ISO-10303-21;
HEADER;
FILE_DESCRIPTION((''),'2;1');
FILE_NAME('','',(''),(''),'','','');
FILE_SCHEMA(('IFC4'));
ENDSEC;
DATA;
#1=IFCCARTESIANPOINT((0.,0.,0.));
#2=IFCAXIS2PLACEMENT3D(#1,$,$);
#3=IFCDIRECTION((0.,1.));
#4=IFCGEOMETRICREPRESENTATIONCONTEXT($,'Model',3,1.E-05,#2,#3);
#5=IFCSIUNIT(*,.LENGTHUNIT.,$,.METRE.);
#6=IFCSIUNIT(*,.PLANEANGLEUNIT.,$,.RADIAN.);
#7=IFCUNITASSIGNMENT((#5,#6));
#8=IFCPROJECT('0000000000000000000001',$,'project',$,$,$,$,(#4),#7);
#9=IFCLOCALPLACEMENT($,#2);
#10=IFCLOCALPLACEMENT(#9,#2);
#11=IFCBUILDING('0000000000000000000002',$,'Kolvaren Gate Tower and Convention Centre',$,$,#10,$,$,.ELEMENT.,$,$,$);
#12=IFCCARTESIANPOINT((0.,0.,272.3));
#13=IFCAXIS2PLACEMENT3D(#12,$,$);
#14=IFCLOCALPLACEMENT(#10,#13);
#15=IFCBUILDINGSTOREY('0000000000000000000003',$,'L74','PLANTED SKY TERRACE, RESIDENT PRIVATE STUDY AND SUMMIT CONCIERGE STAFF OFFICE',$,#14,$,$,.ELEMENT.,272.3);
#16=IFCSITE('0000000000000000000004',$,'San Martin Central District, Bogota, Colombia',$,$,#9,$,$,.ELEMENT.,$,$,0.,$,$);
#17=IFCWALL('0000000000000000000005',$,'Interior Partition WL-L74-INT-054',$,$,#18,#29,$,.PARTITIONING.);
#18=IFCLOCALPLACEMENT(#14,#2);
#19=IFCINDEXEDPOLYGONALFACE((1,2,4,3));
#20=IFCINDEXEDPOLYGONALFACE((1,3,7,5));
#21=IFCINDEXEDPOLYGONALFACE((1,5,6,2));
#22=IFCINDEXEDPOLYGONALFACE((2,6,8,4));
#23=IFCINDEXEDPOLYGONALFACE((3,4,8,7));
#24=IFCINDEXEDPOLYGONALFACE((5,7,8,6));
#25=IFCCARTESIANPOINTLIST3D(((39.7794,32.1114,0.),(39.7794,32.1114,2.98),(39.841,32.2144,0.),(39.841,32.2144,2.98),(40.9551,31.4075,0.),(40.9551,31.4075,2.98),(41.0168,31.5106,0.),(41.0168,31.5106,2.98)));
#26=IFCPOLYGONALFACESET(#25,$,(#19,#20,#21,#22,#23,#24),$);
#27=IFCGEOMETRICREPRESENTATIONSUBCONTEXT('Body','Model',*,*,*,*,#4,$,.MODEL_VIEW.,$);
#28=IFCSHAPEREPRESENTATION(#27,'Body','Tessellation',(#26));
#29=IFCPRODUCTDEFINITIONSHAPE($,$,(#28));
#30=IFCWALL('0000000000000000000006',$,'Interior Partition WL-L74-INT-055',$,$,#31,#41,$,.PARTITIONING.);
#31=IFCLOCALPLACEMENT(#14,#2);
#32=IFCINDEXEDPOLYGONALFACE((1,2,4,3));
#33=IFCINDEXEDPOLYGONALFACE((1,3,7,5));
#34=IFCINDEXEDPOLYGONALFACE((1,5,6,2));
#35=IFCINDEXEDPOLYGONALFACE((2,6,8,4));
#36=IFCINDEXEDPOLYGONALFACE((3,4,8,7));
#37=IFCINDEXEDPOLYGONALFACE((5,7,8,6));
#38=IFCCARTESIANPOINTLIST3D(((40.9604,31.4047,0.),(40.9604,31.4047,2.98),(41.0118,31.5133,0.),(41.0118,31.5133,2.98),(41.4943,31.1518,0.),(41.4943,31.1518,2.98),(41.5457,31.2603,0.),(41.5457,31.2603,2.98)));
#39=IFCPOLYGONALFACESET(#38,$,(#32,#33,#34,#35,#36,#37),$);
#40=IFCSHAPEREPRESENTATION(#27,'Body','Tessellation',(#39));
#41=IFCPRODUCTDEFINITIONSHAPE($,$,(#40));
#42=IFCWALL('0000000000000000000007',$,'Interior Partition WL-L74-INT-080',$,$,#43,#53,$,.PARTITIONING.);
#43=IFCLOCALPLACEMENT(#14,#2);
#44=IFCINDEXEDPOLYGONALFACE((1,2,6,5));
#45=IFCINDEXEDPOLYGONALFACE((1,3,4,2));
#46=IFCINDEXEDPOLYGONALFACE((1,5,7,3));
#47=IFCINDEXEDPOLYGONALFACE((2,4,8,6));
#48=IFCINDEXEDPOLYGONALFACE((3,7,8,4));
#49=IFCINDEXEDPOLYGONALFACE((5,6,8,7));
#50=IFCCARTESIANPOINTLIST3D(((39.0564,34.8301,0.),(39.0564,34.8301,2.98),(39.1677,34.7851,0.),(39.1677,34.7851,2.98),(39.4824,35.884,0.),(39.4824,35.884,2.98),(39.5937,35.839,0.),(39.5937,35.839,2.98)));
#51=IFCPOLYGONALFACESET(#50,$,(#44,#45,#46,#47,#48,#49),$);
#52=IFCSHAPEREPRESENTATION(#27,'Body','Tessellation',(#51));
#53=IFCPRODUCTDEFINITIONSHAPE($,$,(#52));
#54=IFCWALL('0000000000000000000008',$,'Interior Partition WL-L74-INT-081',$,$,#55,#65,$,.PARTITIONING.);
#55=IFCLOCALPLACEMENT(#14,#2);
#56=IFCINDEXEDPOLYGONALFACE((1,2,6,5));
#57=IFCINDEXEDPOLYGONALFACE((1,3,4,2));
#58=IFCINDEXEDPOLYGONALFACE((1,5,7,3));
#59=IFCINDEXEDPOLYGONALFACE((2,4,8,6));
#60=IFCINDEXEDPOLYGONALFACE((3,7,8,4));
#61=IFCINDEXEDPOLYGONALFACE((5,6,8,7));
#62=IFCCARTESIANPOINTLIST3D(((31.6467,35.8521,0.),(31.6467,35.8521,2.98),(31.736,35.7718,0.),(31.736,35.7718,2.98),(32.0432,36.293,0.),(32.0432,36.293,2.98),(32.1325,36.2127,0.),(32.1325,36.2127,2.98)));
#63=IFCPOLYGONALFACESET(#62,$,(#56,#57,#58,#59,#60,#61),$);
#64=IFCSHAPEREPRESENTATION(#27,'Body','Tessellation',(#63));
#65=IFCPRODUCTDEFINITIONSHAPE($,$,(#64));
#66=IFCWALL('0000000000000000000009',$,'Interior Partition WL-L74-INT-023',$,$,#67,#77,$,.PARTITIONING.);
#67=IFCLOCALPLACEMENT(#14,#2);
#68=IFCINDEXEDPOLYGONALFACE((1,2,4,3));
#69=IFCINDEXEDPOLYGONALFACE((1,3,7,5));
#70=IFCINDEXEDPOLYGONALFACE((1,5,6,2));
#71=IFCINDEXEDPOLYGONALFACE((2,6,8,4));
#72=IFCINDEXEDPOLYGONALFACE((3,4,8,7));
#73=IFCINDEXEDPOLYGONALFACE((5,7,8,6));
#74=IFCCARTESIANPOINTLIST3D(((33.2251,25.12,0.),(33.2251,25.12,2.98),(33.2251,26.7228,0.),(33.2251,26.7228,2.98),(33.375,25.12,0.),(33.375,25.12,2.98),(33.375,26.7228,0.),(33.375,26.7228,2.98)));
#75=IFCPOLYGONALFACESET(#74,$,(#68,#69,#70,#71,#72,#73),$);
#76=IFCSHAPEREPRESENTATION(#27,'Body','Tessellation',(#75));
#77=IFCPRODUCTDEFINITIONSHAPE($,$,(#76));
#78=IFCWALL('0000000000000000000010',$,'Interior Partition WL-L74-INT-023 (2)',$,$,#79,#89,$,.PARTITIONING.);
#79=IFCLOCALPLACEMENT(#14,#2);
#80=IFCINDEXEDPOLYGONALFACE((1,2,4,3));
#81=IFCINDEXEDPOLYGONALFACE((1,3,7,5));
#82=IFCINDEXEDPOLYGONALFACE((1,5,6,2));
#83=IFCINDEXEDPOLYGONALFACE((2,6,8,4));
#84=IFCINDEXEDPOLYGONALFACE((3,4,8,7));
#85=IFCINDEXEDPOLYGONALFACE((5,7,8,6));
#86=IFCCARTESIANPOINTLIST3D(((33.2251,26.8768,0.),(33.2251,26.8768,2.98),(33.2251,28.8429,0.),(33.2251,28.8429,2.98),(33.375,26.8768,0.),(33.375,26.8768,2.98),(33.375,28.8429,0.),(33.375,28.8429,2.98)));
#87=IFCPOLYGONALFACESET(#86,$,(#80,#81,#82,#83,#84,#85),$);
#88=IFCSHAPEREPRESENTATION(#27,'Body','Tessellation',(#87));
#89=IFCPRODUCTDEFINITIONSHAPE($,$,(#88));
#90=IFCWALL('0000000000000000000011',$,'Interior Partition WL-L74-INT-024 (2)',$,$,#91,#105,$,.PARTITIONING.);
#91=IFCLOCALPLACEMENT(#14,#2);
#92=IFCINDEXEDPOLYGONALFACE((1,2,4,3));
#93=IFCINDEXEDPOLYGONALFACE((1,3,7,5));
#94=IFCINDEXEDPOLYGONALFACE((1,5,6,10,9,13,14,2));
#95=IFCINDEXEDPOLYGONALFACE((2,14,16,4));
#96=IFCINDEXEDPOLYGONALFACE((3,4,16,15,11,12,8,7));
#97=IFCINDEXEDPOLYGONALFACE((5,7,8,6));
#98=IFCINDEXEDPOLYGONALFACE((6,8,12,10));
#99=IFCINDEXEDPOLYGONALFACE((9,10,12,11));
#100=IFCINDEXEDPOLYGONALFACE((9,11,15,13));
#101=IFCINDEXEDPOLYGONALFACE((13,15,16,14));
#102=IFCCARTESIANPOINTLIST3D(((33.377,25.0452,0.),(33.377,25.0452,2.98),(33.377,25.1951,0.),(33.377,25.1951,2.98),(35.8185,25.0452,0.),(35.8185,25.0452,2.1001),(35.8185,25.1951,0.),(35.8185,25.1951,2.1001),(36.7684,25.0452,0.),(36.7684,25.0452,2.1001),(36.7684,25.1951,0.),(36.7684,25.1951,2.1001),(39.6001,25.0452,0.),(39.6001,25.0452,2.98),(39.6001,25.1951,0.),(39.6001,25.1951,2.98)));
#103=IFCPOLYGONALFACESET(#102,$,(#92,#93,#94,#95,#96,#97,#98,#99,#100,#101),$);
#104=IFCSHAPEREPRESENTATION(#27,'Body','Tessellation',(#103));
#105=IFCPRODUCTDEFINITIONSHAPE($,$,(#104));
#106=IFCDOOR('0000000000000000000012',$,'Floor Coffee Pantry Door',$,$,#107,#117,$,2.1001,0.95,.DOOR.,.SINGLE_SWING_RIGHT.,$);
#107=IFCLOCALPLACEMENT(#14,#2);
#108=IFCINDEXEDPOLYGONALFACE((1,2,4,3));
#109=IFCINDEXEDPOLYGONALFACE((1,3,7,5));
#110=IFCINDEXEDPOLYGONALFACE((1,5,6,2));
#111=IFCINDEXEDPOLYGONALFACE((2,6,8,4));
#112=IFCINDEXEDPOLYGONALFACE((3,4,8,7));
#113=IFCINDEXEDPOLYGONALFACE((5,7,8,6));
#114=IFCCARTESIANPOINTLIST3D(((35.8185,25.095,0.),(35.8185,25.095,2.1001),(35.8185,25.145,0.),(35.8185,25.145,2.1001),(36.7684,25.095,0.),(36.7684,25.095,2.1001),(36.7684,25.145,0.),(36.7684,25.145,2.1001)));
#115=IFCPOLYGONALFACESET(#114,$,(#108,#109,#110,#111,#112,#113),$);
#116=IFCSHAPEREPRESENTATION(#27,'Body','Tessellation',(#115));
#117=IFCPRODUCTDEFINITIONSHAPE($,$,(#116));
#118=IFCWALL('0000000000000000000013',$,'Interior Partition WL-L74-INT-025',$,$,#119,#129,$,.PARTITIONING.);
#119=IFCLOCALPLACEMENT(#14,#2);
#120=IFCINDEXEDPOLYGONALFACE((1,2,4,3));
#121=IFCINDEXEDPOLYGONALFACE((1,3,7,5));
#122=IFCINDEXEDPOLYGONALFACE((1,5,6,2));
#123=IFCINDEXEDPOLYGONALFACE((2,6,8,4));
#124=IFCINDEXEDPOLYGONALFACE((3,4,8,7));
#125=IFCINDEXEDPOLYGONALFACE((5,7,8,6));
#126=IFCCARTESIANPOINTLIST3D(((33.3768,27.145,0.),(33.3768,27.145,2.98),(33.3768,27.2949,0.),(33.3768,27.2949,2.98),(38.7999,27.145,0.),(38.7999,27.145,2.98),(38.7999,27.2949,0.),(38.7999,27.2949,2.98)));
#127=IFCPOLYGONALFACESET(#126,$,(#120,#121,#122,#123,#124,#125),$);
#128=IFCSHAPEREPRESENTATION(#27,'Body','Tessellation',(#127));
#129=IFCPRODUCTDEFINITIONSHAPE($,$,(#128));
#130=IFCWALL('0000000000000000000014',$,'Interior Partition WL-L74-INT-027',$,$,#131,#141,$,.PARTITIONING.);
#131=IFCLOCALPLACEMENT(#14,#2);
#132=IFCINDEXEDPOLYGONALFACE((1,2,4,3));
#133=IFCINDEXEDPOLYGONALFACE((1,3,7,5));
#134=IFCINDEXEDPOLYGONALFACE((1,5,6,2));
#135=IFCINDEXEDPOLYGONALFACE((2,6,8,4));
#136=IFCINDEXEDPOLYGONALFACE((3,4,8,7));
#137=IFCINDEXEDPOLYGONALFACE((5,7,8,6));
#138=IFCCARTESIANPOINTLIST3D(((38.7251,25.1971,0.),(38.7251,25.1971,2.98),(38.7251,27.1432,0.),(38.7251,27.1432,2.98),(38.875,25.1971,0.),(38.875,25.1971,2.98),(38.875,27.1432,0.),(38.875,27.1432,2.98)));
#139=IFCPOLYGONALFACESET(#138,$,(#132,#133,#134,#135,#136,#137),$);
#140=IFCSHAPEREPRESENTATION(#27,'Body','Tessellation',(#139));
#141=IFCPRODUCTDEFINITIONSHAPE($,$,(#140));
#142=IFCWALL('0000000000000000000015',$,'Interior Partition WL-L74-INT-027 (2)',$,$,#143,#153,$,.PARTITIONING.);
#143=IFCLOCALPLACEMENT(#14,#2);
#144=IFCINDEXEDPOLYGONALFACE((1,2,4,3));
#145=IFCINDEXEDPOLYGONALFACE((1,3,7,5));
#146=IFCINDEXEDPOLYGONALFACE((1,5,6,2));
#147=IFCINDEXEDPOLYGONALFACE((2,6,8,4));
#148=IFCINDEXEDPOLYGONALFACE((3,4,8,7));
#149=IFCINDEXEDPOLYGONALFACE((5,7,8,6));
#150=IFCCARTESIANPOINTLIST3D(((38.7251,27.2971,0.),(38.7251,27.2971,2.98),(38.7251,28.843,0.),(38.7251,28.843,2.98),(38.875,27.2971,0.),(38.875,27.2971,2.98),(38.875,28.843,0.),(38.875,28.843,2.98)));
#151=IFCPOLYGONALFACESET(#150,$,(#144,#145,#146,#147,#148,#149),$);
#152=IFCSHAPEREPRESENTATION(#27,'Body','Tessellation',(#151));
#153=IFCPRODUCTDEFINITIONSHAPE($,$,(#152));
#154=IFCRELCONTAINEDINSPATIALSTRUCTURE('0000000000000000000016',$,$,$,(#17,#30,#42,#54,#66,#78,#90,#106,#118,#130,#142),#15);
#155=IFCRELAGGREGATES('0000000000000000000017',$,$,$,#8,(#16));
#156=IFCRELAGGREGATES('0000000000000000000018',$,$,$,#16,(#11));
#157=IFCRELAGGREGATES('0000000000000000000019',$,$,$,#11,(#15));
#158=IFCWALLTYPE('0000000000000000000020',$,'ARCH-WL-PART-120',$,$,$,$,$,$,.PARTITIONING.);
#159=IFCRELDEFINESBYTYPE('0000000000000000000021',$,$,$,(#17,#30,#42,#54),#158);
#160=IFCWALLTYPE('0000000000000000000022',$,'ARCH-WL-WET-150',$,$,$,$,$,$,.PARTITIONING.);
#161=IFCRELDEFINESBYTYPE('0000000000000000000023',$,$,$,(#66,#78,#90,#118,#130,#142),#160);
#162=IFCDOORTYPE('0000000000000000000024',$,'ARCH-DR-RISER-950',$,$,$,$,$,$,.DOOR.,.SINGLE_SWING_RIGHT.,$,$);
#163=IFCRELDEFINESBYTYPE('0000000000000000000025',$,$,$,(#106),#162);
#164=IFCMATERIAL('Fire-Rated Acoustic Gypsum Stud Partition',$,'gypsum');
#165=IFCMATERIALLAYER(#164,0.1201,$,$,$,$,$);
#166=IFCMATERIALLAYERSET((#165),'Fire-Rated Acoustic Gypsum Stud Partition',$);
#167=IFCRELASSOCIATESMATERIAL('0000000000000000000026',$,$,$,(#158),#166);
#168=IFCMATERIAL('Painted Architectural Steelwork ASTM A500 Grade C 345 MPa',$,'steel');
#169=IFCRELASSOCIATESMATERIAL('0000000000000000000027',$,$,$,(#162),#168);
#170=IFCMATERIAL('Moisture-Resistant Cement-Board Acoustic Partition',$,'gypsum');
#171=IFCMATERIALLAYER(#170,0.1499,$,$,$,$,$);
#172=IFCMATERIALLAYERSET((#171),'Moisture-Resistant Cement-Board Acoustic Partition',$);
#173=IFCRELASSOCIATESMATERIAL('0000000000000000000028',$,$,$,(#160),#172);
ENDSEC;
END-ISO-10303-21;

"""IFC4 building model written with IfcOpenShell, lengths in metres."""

from ifc_helpers import new_model, si_unit, direction, frame, frame_2d, origin, place, context, subcontext, project, spatial, rectangle, extrude, material, layer, layer_set, type_object, element, fill, save


model = new_model("IFC4")

# Units and contexts
model_context = context("Model", 3, precision=1e-05, world=origin(), true_north=direction((0.0, 1.0)))
body_context = subcontext(model_context, "Body", "Model", "MODEL_VIEW")
ifc_project = project(units=[si_unit("LENGTHUNIT", "METRE"), si_unit("PLANEANGLEUNIT", "RADIAN")], contexts=[model_context])

# Site, building, storey
site_placement = place(None, origin())
site = spatial("IfcSite", under=ifc_project, at=site_placement, Name="San Martin Central District, Bogota, Colombia", CompositionType="ELEMENT", RefElevation=0.0)
building_placement = place(site_placement, origin())
building = spatial("IfcBuilding", under=site, at=building_placement, Name="Kolvaren Gate Tower and Convention Centre", CompositionType="ELEMENT")
storey_placement = place(building_placement, frame((0.0, 0.0, 272.3)))
storey = spatial("IfcBuildingStorey", under=building, at=storey_placement, Name="L74", Description="PLANTED SKY TERRACE, RESIDENT PRIVATE STUDY AND SUMMIT CONCIERGE STAFF OFFICE", CompositionType="ELEMENT", Elevation=272.3)

# Shared definitions
ifc_material_1 = material(Name="Fire-Rated Acoustic Gypsum Stud Partition", Category="gypsum")
ifc_layer_1 = layer(ifc_material_1, 0.1201)
ifc_layer_set_1 = layer_set([ifc_layer_1], Name="Fire-Rated Acoustic Gypsum Stud Partition")
wall_type_1 = type_object("IfcWallType", Name="ARCH-WL-PART-120", PredefinedType="PARTITIONING", material=ifc_layer_set_1)

# Shared definitions
ifc_material_2 = material(Name="Painted Architectural Steelwork ASTM A500 Grade C 345 MPa", Category="steel")
door_type = type_object("IfcDoorType", Name="ARCH-DR-RISER-950", OperationType="SINGLE_SWING_RIGHT", PredefinedType="DOOR", material=ifc_material_2)

# Walls
wall_1_placement = place(storey_placement, frame((39.8103, 32.1628, 0.0), z_axis=(0.0, 0.0, 1.0), x_axis=(0.858011, -0.513631, 0.0)))
element("IfcWall", 1, at=wall_1_placement, inside=storey, type_object=wall_type_1, Name="Interior Partition WL-L74-INT-054", PredefinedType="PARTITIONING", context=body_context, shape_type="SweptSolid", body=[
    extrude(rectangle(XDim=1.3704, YDim=0.1201, at=frame_2d((0.6851, 0.0))), origin(), (0.0, 0.0, 1.0), 2.98),
])
wall_2_placement = place(storey_placement, frame((40.9861, 31.459, 0.0), z_axis=(0.0, 0.0, 1.0), x_axis=(0.903729, -0.428104, 0.0)))
element("IfcWall", 2, at=wall_2_placement, inside=storey, type_object=wall_type_1, Name="Interior Partition WL-L74-INT-055", PredefinedType="PARTITIONING", context=body_context, shape_type="SweptSolid", body=[
    extrude(rectangle(XDim=0.5908, YDim=0.1201, at=frame_2d((0.2954, 0.0))), origin(), (0.0, 0.0, 1.0), 2.98),
])
wall_3_placement = place(storey_placement, frame((39.1121, 34.8076, 0.0), z_axis=(0.0, 0.0, 1.0), x_axis=(0.374758, 0.927123, 0.0)))
element("IfcWall", 3, at=wall_3_placement, inside=storey, type_object=wall_type_1, Name="Interior Partition WL-L74-INT-080", PredefinedType="PARTITIONING", context=body_context, shape_type="SweptSolid", body=[
    extrude(rectangle(XDim=1.1367, YDim=0.1201, at=frame_2d((0.5684, 0.0))), origin(), (0.0, 0.0, 1.0), 2.98),
])
wall_4_placement = place(storey_placement, frame((31.6914, 35.812, 0.0), z_axis=(0.0, 0.0, 1.0), x_axis=(0.668646, 0.743581, 0.0)))
element("IfcWall", 4, at=wall_4_placement, inside=storey, type_object=wall_type_1, Name="Interior Partition WL-L74-INT-081", PredefinedType="PARTITIONING", context=body_context, shape_type="SweptSolid", body=[
    extrude(rectangle(XDim=0.593, YDim=0.1201, at=frame_2d((0.2964, 0.0))), origin(), (0.0, 0.0, 1.0), 2.98),
])
ifc_material_3 = material(Name="Moisture-Resistant Cement-Board Acoustic Partition", Category="gypsum")
ifc_layer_2 = layer(ifc_material_3, 0.1499)
ifc_layer_set_2 = layer_set([ifc_layer_2], Name="Moisture-Resistant Cement-Board Acoustic Partition")
wall_type_2 = type_object("IfcWallType", Name="ARCH-WL-WET-150", PredefinedType="PARTITIONING", material=ifc_layer_set_2)
wall_5_placement = place(storey_placement, frame((33.3, 25.1201, 0.0), z_axis=(0.0, 0.0, 1.0), x_axis=(0.0, 1.0, 0.0)))
element("IfcWall", 5, at=wall_5_placement, inside=storey, type_object=wall_type_2, Name="Interior Partition WL-L74-INT-023", PredefinedType="PARTITIONING", context=body_context, shape_type="SweptSolid", body=[
    extrude(rectangle(XDim=1.6028, YDim=0.1499, at=frame_2d((0.8013, 0.0))), origin(), (0.0, 0.0, 1.0), 2.98),
])
wall_6_placement = place(storey_placement, frame((33.3, 26.877, 0.0), z_axis=(0.0, 0.0, 1.0), x_axis=(0.0, 1.0, 0.0)))
element("IfcWall", 6, at=wall_6_placement, inside=storey, type_object=wall_type_2, Name="Interior Partition WL-L74-INT-023 (2)", PredefinedType="PARTITIONING", context=body_context, shape_type="SweptSolid", body=[
    extrude(rectangle(XDim=1.9661, YDim=0.1499, at=frame_2d((0.9829, 0.0))), origin(), (0.0, 0.0, 1.0), 2.98),
])

# Wall, opening, door
wall_7_placement = place(storey_placement, frame((33.377, 25.1201, 0.0), z_axis=(0.0, 0.0, 1.0), x_axis=(1.0, 0.0, 0.0)))
wall_7 = element("IfcWall", 7, at=wall_7_placement, inside=storey, type_object=wall_type_2, Name="Interior Partition WL-L74-INT-024 (2)", PredefinedType="PARTITIONING", context=body_context, shape_type="SweptSolid", body=[
    extrude(rectangle(XDim=6.2231, YDim=0.1499, at=frame_2d((3.1116, 0.0))), origin(), (0.0, 0.0, 1.0), 2.98),
])
opening_1_placement = place(wall_7_placement, frame((2.4414, 0.0, 0.0)))
opening_1 = element("IfcOpeningElement", 8, at=opening_1_placement, cuts=wall_7, PredefinedType="OPENING", context=body_context, shape_type="SweptSolid", body=[
    extrude(rectangle(XDim=0.95, YDim=2.1001, at=frame_2d((0.4751, 1.05))), frame((0.0, 0.085, 0.0), z_axis=(0.0, -1.0, 0.0), x_axis=(1.0, 0.0, 0.0)), (0.0, 0.0, 1.0), 0.1699),
])
door_1_placement = place(opening_1_placement, origin())
door_1 = element("IfcDoor", 9, at=door_1_placement, inside=storey, type_object=door_type, Name="Floor Coffee Pantry Door", OperationType="SINGLE_SWING_RIGHT", OverallHeight=2.1001, OverallWidth=0.95, PredefinedType="DOOR", context=body_context, shape_type="SweptSolid", body=[
    extrude(rectangle(XDim=0.95, YDim=2.1001, at=frame_2d((0.4751, 1.05))), frame((0.0, 0.0249, 0.0), z_axis=(0.0, -1.0, 0.0), x_axis=(1.0, 0.0, 0.0)), (0.0, 0.0, 1.0), 0.05),
])
fill(opening_1, door_1)

# Walls
wall_8_placement = place(storey_placement, frame((33.377, 27.22, 0.0), z_axis=(0.0, 0.0, 1.0), x_axis=(1.0, 0.0, 0.0)))
element("IfcWall", 10, at=wall_8_placement, inside=storey, type_object=wall_type_2, Name="Interior Partition WL-L74-INT-025", PredefinedType="PARTITIONING", context=body_context, shape_type="SweptSolid", body=[
    extrude(rectangle(XDim=5.4231, YDim=0.1499, at=frame_2d((2.7114, 0.0))), origin(), (0.0, 0.0, 1.0), 2.98),
])
wall_9_placement = place(storey_placement, frame((38.8, 25.197, 0.0), z_axis=(0.0, 0.0, 1.0), x_axis=(0.0, 1.0, 0.0)))
element("IfcWall", 11, at=wall_9_placement, inside=storey, type_object=wall_type_2, Name="Interior Partition WL-L74-INT-027", PredefinedType="PARTITIONING", context=body_context, shape_type="SweptSolid", body=[
    extrude(rectangle(XDim=1.946, YDim=0.1499, at=frame_2d((0.9731, 0.0))), origin(), (0.0, 0.0, 1.0), 2.98),
])
wall_10_placement = place(storey_placement, frame((38.8, 27.2971, 0.0), z_axis=(0.0, 0.0, 1.0), x_axis=(0.0, 1.0, 0.0)))
element("IfcWall", 12, at=wall_10_placement, inside=storey, type_object=wall_type_2, Name="Interior Partition WL-L74-INT-027 (2)", PredefinedType="PARTITIONING", context=body_context, shape_type="SweptSolid", body=[
    extrude(rectangle(XDim=1.5459, YDim=0.1499, at=frame_2d((0.7729, 0.0))), origin(), (0.0, 0.0, 1.0), 2.98),
])

save(model, "model.ifc")
